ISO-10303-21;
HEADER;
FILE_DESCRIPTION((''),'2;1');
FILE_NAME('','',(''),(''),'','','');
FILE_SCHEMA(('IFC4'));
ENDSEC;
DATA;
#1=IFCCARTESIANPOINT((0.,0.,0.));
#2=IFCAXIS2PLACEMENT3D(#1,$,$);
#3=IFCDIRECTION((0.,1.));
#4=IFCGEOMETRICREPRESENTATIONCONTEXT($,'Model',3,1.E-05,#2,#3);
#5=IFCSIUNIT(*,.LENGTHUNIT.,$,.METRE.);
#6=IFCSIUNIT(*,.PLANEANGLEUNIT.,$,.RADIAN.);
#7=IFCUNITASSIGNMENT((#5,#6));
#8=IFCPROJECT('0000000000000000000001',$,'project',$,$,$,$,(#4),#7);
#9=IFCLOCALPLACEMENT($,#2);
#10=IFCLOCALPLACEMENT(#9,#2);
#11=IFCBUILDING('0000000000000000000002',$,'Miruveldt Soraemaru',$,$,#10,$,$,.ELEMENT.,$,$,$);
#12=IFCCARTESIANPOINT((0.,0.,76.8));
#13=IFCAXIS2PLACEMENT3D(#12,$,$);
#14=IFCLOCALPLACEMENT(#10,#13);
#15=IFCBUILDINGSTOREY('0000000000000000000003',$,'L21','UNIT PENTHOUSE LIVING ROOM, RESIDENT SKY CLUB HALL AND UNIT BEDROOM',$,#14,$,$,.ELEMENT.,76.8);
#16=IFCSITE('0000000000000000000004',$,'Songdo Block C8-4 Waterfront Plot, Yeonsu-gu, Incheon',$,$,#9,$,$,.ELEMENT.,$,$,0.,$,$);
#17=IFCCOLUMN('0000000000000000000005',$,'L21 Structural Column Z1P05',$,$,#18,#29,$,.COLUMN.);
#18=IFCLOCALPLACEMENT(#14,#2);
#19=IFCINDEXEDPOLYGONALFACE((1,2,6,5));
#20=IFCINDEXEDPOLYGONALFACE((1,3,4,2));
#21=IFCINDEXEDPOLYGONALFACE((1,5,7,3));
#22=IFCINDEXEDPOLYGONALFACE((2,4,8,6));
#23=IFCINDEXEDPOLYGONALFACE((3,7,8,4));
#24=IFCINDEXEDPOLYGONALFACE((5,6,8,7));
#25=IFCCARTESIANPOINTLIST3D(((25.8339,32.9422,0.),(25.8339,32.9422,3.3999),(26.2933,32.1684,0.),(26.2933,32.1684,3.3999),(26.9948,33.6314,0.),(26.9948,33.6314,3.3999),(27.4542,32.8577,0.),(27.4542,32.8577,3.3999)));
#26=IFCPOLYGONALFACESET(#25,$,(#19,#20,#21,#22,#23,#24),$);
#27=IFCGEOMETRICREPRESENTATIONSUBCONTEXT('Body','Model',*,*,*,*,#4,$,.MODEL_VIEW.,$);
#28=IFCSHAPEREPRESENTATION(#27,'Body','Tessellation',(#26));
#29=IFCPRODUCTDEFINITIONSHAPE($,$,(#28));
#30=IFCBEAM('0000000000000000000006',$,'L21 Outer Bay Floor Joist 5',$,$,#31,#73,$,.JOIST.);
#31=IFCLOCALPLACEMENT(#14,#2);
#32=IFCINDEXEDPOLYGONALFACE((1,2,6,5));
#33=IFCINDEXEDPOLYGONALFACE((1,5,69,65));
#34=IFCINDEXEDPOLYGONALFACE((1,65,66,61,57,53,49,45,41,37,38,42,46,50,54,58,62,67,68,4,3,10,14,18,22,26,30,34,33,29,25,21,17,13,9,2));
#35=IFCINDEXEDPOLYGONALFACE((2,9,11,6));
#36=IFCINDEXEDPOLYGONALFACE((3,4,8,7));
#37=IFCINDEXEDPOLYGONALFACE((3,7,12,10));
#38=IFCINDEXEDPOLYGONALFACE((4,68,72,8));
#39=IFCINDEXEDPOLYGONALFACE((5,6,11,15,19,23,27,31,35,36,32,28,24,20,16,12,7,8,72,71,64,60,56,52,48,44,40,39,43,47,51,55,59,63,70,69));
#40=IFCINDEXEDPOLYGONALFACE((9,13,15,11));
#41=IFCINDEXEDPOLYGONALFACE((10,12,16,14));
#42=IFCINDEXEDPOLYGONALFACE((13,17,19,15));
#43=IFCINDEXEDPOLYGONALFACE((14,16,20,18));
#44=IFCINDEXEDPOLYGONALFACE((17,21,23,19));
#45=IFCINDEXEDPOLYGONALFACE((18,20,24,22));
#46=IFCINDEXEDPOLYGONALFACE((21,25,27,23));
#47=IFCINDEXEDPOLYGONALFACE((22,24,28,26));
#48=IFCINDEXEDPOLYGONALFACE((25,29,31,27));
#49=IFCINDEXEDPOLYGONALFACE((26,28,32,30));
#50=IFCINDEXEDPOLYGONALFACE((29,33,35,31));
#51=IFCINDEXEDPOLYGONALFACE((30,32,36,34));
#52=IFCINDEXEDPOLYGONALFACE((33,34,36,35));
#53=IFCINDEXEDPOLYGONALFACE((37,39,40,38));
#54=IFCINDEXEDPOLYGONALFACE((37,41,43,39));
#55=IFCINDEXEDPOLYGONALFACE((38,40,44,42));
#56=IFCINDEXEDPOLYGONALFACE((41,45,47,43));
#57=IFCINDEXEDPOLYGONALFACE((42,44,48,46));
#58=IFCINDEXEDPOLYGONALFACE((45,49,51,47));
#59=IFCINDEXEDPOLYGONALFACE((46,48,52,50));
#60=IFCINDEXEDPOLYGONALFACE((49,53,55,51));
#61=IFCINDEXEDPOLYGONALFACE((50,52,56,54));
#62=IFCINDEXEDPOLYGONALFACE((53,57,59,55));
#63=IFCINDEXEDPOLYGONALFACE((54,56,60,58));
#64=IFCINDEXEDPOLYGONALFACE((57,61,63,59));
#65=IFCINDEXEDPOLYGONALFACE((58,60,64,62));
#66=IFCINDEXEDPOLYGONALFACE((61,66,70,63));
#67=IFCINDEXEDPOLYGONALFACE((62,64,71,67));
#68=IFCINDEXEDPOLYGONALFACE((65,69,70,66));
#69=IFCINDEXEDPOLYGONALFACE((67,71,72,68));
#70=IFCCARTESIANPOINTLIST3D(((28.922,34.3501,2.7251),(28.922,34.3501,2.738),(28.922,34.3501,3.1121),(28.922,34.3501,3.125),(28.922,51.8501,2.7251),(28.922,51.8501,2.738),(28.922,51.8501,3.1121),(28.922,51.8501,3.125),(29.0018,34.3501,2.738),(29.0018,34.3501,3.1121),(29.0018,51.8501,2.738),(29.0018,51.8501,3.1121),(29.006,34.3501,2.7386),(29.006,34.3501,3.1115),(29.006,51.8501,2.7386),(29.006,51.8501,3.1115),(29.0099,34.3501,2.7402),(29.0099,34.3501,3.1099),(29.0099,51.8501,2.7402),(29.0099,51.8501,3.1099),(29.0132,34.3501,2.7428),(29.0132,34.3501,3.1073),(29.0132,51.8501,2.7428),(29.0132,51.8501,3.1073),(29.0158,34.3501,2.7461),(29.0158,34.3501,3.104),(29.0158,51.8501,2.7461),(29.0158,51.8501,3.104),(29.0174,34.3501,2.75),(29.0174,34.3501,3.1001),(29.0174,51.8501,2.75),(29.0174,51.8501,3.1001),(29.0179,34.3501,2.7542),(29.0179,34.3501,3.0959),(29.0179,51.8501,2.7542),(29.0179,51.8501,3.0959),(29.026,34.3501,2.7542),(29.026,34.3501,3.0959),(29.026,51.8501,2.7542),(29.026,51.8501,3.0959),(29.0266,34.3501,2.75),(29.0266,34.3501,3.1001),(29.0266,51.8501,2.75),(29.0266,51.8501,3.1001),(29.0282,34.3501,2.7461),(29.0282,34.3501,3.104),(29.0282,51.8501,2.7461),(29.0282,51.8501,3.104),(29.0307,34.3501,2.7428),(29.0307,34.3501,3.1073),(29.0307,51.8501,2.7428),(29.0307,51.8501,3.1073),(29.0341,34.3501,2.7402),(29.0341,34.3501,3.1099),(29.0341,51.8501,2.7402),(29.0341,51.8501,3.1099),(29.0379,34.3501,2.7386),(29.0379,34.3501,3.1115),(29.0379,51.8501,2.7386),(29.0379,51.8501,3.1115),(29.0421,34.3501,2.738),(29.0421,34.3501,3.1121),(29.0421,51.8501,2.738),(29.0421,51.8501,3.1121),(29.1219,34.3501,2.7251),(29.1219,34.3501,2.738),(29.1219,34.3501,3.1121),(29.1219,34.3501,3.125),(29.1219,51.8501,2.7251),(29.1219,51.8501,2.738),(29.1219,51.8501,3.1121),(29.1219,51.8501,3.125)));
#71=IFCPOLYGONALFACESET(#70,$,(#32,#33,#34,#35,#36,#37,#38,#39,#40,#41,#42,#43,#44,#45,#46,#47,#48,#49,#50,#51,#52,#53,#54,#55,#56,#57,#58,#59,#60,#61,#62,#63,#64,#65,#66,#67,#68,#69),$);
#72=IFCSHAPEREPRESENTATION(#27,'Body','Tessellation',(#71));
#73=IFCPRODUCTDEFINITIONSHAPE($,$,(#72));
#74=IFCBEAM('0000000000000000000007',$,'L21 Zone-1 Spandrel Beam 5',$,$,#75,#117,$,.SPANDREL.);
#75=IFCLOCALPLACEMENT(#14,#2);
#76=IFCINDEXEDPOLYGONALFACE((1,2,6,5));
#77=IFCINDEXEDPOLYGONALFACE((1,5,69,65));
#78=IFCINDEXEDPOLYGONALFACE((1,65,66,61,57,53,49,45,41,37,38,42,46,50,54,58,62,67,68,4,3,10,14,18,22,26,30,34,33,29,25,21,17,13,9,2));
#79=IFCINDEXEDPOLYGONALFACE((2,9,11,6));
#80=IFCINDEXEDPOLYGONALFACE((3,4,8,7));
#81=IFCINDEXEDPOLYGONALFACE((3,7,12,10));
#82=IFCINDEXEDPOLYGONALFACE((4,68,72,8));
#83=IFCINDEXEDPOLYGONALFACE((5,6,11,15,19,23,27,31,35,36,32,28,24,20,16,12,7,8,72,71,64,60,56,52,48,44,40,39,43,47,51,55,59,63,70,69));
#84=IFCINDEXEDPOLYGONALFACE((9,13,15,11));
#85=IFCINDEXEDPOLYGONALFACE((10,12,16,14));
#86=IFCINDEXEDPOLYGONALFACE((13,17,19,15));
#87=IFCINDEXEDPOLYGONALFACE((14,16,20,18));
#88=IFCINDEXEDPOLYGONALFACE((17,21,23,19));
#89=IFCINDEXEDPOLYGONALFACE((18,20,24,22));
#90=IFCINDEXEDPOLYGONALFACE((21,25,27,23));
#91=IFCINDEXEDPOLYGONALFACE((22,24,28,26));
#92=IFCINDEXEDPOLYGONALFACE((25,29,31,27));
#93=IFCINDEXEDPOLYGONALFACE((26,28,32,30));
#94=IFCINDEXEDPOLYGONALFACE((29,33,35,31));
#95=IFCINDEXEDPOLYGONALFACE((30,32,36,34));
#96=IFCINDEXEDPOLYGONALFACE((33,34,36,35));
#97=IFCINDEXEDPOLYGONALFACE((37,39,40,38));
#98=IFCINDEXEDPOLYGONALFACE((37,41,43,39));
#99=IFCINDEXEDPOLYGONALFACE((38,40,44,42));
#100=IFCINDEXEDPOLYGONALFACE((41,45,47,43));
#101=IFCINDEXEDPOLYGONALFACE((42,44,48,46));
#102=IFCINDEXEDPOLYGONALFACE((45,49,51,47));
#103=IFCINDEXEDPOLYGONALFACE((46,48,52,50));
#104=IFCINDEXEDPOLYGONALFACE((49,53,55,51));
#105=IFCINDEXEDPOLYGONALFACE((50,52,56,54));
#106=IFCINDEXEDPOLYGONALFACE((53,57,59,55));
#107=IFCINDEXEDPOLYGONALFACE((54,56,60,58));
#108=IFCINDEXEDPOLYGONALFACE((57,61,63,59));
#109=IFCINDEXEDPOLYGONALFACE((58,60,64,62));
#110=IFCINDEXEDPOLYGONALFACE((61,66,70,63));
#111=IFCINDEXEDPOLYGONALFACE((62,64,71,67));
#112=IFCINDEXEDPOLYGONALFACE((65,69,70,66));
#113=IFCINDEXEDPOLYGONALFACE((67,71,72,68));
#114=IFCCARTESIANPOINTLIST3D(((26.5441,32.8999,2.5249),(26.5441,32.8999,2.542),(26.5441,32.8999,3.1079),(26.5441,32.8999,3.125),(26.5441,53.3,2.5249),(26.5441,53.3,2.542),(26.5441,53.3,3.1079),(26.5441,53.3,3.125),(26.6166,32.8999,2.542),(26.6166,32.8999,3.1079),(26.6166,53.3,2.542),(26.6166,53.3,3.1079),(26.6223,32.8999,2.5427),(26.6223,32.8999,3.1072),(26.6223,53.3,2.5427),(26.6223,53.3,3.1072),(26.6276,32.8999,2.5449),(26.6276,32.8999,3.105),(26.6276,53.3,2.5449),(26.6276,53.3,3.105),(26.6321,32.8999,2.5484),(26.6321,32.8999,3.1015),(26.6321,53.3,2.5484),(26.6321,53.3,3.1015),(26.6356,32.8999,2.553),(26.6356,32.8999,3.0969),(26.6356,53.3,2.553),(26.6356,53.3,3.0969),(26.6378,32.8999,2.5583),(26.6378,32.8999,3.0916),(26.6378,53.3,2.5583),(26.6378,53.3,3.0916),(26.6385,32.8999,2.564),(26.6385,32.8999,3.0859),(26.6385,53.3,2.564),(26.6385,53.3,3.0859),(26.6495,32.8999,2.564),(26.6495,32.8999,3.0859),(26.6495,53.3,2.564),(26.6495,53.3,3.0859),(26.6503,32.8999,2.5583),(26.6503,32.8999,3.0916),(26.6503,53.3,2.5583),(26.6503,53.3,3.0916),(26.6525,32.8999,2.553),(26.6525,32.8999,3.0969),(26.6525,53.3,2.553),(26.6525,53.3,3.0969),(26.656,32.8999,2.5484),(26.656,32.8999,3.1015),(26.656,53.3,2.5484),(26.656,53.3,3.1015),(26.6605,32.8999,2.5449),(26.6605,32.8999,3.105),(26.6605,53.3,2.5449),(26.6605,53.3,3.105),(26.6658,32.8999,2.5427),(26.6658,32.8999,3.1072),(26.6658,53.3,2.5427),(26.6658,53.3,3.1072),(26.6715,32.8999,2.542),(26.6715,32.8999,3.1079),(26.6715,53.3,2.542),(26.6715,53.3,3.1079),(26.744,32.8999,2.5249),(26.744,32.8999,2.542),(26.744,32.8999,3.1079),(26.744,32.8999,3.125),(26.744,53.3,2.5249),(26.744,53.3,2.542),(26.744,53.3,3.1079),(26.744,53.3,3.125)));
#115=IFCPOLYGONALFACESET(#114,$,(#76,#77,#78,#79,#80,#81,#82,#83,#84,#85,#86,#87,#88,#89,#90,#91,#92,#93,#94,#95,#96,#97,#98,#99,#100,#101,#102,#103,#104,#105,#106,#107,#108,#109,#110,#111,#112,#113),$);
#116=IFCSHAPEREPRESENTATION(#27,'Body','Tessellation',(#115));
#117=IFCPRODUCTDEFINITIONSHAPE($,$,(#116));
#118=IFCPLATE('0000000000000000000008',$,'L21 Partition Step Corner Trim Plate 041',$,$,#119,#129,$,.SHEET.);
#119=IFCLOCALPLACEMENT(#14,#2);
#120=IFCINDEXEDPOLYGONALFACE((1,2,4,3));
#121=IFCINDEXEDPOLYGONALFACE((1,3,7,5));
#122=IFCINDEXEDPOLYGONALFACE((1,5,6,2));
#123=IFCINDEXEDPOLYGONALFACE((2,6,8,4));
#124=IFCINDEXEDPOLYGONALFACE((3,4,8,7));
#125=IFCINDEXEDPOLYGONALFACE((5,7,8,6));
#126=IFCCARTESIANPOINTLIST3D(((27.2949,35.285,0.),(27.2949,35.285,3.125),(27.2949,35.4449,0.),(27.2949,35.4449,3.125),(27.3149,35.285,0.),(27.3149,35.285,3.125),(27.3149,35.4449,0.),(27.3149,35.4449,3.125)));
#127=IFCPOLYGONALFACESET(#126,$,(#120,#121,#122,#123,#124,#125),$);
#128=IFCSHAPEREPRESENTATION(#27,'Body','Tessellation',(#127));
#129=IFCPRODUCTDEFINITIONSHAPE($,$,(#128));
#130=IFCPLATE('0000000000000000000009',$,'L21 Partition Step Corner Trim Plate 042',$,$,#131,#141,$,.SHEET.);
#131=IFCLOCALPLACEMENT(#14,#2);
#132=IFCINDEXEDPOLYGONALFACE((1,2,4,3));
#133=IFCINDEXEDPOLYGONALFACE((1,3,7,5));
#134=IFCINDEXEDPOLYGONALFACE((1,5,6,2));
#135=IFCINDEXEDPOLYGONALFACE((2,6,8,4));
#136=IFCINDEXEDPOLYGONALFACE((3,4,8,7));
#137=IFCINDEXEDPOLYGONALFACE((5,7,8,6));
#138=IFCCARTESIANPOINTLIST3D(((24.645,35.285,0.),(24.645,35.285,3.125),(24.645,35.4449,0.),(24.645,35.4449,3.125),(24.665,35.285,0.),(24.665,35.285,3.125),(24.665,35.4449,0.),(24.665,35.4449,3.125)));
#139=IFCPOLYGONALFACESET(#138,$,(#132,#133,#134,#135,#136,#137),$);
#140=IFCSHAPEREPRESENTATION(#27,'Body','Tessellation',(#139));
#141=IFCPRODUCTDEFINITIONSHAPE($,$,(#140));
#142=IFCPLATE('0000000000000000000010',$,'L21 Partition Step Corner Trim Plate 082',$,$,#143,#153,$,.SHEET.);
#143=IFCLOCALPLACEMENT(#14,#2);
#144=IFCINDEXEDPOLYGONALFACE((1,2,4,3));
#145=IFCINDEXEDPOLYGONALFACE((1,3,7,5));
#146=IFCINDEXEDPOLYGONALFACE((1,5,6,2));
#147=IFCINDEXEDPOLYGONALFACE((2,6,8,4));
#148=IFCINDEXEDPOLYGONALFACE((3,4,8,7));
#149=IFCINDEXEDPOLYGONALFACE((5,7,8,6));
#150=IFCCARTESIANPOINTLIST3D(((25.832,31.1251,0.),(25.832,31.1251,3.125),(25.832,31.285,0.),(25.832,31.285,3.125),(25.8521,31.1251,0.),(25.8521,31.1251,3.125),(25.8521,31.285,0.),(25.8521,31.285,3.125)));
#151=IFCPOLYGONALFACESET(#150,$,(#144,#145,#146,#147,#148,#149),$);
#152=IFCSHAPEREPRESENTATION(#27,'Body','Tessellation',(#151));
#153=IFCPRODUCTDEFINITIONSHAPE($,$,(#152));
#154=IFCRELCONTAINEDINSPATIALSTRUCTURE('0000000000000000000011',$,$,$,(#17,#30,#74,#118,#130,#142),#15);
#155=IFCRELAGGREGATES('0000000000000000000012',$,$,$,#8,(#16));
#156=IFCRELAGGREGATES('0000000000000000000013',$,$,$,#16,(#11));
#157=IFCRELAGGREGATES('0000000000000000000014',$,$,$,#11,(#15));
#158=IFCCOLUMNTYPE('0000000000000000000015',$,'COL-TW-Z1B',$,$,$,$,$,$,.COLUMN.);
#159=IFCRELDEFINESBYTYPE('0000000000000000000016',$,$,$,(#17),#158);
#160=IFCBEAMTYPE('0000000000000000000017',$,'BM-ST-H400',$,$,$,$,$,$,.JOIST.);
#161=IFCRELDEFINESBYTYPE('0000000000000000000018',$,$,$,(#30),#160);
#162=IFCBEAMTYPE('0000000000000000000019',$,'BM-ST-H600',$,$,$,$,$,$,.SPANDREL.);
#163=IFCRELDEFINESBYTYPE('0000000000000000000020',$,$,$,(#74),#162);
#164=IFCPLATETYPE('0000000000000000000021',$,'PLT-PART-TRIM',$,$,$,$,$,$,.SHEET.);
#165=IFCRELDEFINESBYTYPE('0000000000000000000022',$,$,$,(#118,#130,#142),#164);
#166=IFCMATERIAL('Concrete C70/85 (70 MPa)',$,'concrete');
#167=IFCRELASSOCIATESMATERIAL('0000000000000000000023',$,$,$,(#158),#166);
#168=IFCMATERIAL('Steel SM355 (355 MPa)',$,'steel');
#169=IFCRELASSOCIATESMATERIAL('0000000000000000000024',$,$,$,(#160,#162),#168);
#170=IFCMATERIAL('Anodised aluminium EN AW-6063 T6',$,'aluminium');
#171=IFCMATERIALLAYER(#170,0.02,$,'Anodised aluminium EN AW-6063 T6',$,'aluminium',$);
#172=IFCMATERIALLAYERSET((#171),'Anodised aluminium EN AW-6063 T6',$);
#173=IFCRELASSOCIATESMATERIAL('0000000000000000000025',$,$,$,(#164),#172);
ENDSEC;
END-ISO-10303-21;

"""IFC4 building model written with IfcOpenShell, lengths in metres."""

from ifc_helpers import new_model, si_unit, direction, frame, origin, origin_2d, place, context, subcontext, project, spatial, rectangle, i_section, extrude, material, layer, layer_set, material_profile, profile_set, type_object, element, save


model = new_model("IFC4")

# Units and contexts
model_context = context("Model", 3, precision=1e-05, world=origin(), true_north=direction((0.0, 1.0)))
body_context = subcontext(model_context, "Body", "Model", "MODEL_VIEW")
ifc_project = project(units=[si_unit("LENGTHUNIT", "METRE"), si_unit("PLANEANGLEUNIT", "RADIAN")], contexts=[model_context])

# Site, building, storey
site_placement = place(None, origin())
site = spatial("IfcSite", under=ifc_project, at=site_placement, Name="Songdo Block C8-4 Waterfront Plot, Yeonsu-gu, Incheon", CompositionType="ELEMENT", RefElevation=0.0)
building_placement = place(site_placement, origin())
building = spatial("IfcBuilding", under=site, at=building_placement, Name="Miruveldt Soraemaru", CompositionType="ELEMENT")
storey_placement = place(building_placement, frame((0.0, 0.0, 76.8)))
storey = spatial("IfcBuildingStorey", under=building, at=storey_placement, Name="L21", Description="UNIT PENTHOUSE LIVING ROOM, RESIDENT SKY CLUB HALL AND UNIT BEDROOM", CompositionType="ELEMENT", Elevation=76.8)

# Column
ifc_material_1 = material(Name="Concrete C70/85 (70 MPa)", Category="concrete")
ifc_material_profile_1 = material_profile(ifc_material_1, rectangle(XDim=1.3501, YDim=0.8999, at=origin_2d()), Name="Concrete C70/85 (70 MPa)", Category="concrete")
ifc_profile_set_1 = profile_set([ifc_material_profile_1], Name="Concrete C70/85 (70 MPa)")
column_type = type_object("IfcColumnType", Name="COL-TW-Z1B", PredefinedType="COLUMN", material=ifc_profile_set_1)
column_placement = place(storey_placement, frame((26.644, 32.8999, 0.0), z_axis=(0.0, 0.0, 1.0), x_axis=(0.859852, 0.510543, 0.0)))
element("IfcColumn", 1, at=column_placement, inside=storey, type_object=column_type, Name="L21 Structural Column Z1P05", PredefinedType="COLUMN", context=body_context, shape_type="SweptSolid", body=[
    extrude(rectangle(XDim=1.3501, YDim=0.8999, at=origin_2d()), origin(), (0.0, 0.0, 1.0), 3.3999),
])

# Beams
ifc_material_2 = material(Name="Steel SM355 (355 MPa)", Category="steel")
ifc_material_profile_2 = material_profile(ifc_material_2, i_section(OverallWidth=0.2, OverallDepth=0.3999, WebThickness=0.0081, FlangeThickness=0.0129, FilletRadius=0.0161, at=origin_2d()), Name="Steel SM355 (355 MPa)", Category="steel")
ifc_profile_set_2 = profile_set([ifc_material_profile_2], Name="Steel SM355 (355 MPa)")
beam_type_1 = type_object("IfcBeamType", Name="BM-ST-H400", PredefinedType="JOIST", material=ifc_profile_set_2)
beam_1_placement = place(storey_placement, frame((29.022, 34.3501, 2.925), z_axis=(0.0, 1.0, 0.0), x_axis=(-1.0, 0.0, 0.0)))
element("IfcBeam", 2, at=beam_1_placement, inside=storey, type_object=beam_type_1, Name="L21 Outer Bay Floor Joist 5", PredefinedType="JOIST", context=body_context, shape_type="SweptSolid", body=[
    extrude(i_section(OverallWidth=0.2, OverallDepth=0.3999, WebThickness=0.0081, FlangeThickness=0.0129, FilletRadius=0.0161, at=origin_2d()), origin(), (0.0, 0.0, 1.0), 17.5),
])
ifc_material_profile_3 = material_profile(ifc_material_2, i_section(OverallWidth=0.2, OverallDepth=0.6001, WebThickness=0.011, FlangeThickness=0.0171, FilletRadius=0.022, at=origin_2d()), Name="Steel SM355 (355 MPa)", Category="steel")
ifc_profile_set_3 = profile_set([ifc_material_profile_3], Name="Steel SM355 (355 MPa)")
beam_type_2 = type_object("IfcBeamType", Name="BM-ST-H600", PredefinedType="SPANDREL", material=ifc_profile_set_3)
beam_2_placement = place(storey_placement, frame((26.644, 32.8999, 2.825), z_axis=(0.0, 1.0, 0.0), x_axis=(-1.0, 0.0, 0.0)))
element("IfcBeam", 3, at=beam_2_placement, inside=storey, type_object=beam_type_2, Name="L21 Zone-1 Spandrel Beam 5", PredefinedType="SPANDREL", context=body_context, shape_type="SweptSolid", body=[
    extrude(i_section(OverallWidth=0.2, OverallDepth=0.6001, WebThickness=0.011, FlangeThickness=0.0171, FilletRadius=0.022, at=origin_2d()), origin(), (0.0, 0.0, 1.0), 20.4001),
])

# Plates
ifc_material_3 = material(Name="Anodised aluminium EN AW-6063 T6", Category="aluminium")
ifc_layer_1 = layer(ifc_material_3, 0.02, Name="Anodised aluminium EN AW-6063 T6", Category="aluminium")
ifc_layer_set_1 = layer_set([ifc_layer_1], Name="Anodised aluminium EN AW-6063 T6")
plate_type = type_object("IfcPlateType", Name="PLT-PART-TRIM", PredefinedType="SHEET", material=ifc_layer_set_1)
for number, where, z_axis, x_axis, name in (
    (4, (27.3049, 35.365, 0.0), (0.0, 0.0, 1.0), (0.0, 1.0, 0.0), "L21 Partition Step Corner Trim Plate 041"),
    (5, (24.655, 35.365, 0.0), (0.0, 0.0, 1.0), (0.0, -1.0, 0.0), "L21 Partition Step Corner Trim Plate 042"),
    (6, (25.842, 31.2051, 0.0), (0.0, 0.0, 1.0), (0.0, 1.0, 0.0), "L21 Partition Step Corner Trim Plate 082"),
):
    element("IfcPlate", number, at=place(storey_placement, frame(where, z_axis=z_axis, x_axis=x_axis)), inside=storey, type_object=plate_type, Name=name, PredefinedType="SHEET", context=body_context, shape_type="SweptSolid", body=[
        extrude(rectangle(XDim=0.1599, YDim=0.02, at=origin_2d()), origin(), (0.0, 0.0, 1.0), 3.125),
    ])

save(model, "model.ifc")
